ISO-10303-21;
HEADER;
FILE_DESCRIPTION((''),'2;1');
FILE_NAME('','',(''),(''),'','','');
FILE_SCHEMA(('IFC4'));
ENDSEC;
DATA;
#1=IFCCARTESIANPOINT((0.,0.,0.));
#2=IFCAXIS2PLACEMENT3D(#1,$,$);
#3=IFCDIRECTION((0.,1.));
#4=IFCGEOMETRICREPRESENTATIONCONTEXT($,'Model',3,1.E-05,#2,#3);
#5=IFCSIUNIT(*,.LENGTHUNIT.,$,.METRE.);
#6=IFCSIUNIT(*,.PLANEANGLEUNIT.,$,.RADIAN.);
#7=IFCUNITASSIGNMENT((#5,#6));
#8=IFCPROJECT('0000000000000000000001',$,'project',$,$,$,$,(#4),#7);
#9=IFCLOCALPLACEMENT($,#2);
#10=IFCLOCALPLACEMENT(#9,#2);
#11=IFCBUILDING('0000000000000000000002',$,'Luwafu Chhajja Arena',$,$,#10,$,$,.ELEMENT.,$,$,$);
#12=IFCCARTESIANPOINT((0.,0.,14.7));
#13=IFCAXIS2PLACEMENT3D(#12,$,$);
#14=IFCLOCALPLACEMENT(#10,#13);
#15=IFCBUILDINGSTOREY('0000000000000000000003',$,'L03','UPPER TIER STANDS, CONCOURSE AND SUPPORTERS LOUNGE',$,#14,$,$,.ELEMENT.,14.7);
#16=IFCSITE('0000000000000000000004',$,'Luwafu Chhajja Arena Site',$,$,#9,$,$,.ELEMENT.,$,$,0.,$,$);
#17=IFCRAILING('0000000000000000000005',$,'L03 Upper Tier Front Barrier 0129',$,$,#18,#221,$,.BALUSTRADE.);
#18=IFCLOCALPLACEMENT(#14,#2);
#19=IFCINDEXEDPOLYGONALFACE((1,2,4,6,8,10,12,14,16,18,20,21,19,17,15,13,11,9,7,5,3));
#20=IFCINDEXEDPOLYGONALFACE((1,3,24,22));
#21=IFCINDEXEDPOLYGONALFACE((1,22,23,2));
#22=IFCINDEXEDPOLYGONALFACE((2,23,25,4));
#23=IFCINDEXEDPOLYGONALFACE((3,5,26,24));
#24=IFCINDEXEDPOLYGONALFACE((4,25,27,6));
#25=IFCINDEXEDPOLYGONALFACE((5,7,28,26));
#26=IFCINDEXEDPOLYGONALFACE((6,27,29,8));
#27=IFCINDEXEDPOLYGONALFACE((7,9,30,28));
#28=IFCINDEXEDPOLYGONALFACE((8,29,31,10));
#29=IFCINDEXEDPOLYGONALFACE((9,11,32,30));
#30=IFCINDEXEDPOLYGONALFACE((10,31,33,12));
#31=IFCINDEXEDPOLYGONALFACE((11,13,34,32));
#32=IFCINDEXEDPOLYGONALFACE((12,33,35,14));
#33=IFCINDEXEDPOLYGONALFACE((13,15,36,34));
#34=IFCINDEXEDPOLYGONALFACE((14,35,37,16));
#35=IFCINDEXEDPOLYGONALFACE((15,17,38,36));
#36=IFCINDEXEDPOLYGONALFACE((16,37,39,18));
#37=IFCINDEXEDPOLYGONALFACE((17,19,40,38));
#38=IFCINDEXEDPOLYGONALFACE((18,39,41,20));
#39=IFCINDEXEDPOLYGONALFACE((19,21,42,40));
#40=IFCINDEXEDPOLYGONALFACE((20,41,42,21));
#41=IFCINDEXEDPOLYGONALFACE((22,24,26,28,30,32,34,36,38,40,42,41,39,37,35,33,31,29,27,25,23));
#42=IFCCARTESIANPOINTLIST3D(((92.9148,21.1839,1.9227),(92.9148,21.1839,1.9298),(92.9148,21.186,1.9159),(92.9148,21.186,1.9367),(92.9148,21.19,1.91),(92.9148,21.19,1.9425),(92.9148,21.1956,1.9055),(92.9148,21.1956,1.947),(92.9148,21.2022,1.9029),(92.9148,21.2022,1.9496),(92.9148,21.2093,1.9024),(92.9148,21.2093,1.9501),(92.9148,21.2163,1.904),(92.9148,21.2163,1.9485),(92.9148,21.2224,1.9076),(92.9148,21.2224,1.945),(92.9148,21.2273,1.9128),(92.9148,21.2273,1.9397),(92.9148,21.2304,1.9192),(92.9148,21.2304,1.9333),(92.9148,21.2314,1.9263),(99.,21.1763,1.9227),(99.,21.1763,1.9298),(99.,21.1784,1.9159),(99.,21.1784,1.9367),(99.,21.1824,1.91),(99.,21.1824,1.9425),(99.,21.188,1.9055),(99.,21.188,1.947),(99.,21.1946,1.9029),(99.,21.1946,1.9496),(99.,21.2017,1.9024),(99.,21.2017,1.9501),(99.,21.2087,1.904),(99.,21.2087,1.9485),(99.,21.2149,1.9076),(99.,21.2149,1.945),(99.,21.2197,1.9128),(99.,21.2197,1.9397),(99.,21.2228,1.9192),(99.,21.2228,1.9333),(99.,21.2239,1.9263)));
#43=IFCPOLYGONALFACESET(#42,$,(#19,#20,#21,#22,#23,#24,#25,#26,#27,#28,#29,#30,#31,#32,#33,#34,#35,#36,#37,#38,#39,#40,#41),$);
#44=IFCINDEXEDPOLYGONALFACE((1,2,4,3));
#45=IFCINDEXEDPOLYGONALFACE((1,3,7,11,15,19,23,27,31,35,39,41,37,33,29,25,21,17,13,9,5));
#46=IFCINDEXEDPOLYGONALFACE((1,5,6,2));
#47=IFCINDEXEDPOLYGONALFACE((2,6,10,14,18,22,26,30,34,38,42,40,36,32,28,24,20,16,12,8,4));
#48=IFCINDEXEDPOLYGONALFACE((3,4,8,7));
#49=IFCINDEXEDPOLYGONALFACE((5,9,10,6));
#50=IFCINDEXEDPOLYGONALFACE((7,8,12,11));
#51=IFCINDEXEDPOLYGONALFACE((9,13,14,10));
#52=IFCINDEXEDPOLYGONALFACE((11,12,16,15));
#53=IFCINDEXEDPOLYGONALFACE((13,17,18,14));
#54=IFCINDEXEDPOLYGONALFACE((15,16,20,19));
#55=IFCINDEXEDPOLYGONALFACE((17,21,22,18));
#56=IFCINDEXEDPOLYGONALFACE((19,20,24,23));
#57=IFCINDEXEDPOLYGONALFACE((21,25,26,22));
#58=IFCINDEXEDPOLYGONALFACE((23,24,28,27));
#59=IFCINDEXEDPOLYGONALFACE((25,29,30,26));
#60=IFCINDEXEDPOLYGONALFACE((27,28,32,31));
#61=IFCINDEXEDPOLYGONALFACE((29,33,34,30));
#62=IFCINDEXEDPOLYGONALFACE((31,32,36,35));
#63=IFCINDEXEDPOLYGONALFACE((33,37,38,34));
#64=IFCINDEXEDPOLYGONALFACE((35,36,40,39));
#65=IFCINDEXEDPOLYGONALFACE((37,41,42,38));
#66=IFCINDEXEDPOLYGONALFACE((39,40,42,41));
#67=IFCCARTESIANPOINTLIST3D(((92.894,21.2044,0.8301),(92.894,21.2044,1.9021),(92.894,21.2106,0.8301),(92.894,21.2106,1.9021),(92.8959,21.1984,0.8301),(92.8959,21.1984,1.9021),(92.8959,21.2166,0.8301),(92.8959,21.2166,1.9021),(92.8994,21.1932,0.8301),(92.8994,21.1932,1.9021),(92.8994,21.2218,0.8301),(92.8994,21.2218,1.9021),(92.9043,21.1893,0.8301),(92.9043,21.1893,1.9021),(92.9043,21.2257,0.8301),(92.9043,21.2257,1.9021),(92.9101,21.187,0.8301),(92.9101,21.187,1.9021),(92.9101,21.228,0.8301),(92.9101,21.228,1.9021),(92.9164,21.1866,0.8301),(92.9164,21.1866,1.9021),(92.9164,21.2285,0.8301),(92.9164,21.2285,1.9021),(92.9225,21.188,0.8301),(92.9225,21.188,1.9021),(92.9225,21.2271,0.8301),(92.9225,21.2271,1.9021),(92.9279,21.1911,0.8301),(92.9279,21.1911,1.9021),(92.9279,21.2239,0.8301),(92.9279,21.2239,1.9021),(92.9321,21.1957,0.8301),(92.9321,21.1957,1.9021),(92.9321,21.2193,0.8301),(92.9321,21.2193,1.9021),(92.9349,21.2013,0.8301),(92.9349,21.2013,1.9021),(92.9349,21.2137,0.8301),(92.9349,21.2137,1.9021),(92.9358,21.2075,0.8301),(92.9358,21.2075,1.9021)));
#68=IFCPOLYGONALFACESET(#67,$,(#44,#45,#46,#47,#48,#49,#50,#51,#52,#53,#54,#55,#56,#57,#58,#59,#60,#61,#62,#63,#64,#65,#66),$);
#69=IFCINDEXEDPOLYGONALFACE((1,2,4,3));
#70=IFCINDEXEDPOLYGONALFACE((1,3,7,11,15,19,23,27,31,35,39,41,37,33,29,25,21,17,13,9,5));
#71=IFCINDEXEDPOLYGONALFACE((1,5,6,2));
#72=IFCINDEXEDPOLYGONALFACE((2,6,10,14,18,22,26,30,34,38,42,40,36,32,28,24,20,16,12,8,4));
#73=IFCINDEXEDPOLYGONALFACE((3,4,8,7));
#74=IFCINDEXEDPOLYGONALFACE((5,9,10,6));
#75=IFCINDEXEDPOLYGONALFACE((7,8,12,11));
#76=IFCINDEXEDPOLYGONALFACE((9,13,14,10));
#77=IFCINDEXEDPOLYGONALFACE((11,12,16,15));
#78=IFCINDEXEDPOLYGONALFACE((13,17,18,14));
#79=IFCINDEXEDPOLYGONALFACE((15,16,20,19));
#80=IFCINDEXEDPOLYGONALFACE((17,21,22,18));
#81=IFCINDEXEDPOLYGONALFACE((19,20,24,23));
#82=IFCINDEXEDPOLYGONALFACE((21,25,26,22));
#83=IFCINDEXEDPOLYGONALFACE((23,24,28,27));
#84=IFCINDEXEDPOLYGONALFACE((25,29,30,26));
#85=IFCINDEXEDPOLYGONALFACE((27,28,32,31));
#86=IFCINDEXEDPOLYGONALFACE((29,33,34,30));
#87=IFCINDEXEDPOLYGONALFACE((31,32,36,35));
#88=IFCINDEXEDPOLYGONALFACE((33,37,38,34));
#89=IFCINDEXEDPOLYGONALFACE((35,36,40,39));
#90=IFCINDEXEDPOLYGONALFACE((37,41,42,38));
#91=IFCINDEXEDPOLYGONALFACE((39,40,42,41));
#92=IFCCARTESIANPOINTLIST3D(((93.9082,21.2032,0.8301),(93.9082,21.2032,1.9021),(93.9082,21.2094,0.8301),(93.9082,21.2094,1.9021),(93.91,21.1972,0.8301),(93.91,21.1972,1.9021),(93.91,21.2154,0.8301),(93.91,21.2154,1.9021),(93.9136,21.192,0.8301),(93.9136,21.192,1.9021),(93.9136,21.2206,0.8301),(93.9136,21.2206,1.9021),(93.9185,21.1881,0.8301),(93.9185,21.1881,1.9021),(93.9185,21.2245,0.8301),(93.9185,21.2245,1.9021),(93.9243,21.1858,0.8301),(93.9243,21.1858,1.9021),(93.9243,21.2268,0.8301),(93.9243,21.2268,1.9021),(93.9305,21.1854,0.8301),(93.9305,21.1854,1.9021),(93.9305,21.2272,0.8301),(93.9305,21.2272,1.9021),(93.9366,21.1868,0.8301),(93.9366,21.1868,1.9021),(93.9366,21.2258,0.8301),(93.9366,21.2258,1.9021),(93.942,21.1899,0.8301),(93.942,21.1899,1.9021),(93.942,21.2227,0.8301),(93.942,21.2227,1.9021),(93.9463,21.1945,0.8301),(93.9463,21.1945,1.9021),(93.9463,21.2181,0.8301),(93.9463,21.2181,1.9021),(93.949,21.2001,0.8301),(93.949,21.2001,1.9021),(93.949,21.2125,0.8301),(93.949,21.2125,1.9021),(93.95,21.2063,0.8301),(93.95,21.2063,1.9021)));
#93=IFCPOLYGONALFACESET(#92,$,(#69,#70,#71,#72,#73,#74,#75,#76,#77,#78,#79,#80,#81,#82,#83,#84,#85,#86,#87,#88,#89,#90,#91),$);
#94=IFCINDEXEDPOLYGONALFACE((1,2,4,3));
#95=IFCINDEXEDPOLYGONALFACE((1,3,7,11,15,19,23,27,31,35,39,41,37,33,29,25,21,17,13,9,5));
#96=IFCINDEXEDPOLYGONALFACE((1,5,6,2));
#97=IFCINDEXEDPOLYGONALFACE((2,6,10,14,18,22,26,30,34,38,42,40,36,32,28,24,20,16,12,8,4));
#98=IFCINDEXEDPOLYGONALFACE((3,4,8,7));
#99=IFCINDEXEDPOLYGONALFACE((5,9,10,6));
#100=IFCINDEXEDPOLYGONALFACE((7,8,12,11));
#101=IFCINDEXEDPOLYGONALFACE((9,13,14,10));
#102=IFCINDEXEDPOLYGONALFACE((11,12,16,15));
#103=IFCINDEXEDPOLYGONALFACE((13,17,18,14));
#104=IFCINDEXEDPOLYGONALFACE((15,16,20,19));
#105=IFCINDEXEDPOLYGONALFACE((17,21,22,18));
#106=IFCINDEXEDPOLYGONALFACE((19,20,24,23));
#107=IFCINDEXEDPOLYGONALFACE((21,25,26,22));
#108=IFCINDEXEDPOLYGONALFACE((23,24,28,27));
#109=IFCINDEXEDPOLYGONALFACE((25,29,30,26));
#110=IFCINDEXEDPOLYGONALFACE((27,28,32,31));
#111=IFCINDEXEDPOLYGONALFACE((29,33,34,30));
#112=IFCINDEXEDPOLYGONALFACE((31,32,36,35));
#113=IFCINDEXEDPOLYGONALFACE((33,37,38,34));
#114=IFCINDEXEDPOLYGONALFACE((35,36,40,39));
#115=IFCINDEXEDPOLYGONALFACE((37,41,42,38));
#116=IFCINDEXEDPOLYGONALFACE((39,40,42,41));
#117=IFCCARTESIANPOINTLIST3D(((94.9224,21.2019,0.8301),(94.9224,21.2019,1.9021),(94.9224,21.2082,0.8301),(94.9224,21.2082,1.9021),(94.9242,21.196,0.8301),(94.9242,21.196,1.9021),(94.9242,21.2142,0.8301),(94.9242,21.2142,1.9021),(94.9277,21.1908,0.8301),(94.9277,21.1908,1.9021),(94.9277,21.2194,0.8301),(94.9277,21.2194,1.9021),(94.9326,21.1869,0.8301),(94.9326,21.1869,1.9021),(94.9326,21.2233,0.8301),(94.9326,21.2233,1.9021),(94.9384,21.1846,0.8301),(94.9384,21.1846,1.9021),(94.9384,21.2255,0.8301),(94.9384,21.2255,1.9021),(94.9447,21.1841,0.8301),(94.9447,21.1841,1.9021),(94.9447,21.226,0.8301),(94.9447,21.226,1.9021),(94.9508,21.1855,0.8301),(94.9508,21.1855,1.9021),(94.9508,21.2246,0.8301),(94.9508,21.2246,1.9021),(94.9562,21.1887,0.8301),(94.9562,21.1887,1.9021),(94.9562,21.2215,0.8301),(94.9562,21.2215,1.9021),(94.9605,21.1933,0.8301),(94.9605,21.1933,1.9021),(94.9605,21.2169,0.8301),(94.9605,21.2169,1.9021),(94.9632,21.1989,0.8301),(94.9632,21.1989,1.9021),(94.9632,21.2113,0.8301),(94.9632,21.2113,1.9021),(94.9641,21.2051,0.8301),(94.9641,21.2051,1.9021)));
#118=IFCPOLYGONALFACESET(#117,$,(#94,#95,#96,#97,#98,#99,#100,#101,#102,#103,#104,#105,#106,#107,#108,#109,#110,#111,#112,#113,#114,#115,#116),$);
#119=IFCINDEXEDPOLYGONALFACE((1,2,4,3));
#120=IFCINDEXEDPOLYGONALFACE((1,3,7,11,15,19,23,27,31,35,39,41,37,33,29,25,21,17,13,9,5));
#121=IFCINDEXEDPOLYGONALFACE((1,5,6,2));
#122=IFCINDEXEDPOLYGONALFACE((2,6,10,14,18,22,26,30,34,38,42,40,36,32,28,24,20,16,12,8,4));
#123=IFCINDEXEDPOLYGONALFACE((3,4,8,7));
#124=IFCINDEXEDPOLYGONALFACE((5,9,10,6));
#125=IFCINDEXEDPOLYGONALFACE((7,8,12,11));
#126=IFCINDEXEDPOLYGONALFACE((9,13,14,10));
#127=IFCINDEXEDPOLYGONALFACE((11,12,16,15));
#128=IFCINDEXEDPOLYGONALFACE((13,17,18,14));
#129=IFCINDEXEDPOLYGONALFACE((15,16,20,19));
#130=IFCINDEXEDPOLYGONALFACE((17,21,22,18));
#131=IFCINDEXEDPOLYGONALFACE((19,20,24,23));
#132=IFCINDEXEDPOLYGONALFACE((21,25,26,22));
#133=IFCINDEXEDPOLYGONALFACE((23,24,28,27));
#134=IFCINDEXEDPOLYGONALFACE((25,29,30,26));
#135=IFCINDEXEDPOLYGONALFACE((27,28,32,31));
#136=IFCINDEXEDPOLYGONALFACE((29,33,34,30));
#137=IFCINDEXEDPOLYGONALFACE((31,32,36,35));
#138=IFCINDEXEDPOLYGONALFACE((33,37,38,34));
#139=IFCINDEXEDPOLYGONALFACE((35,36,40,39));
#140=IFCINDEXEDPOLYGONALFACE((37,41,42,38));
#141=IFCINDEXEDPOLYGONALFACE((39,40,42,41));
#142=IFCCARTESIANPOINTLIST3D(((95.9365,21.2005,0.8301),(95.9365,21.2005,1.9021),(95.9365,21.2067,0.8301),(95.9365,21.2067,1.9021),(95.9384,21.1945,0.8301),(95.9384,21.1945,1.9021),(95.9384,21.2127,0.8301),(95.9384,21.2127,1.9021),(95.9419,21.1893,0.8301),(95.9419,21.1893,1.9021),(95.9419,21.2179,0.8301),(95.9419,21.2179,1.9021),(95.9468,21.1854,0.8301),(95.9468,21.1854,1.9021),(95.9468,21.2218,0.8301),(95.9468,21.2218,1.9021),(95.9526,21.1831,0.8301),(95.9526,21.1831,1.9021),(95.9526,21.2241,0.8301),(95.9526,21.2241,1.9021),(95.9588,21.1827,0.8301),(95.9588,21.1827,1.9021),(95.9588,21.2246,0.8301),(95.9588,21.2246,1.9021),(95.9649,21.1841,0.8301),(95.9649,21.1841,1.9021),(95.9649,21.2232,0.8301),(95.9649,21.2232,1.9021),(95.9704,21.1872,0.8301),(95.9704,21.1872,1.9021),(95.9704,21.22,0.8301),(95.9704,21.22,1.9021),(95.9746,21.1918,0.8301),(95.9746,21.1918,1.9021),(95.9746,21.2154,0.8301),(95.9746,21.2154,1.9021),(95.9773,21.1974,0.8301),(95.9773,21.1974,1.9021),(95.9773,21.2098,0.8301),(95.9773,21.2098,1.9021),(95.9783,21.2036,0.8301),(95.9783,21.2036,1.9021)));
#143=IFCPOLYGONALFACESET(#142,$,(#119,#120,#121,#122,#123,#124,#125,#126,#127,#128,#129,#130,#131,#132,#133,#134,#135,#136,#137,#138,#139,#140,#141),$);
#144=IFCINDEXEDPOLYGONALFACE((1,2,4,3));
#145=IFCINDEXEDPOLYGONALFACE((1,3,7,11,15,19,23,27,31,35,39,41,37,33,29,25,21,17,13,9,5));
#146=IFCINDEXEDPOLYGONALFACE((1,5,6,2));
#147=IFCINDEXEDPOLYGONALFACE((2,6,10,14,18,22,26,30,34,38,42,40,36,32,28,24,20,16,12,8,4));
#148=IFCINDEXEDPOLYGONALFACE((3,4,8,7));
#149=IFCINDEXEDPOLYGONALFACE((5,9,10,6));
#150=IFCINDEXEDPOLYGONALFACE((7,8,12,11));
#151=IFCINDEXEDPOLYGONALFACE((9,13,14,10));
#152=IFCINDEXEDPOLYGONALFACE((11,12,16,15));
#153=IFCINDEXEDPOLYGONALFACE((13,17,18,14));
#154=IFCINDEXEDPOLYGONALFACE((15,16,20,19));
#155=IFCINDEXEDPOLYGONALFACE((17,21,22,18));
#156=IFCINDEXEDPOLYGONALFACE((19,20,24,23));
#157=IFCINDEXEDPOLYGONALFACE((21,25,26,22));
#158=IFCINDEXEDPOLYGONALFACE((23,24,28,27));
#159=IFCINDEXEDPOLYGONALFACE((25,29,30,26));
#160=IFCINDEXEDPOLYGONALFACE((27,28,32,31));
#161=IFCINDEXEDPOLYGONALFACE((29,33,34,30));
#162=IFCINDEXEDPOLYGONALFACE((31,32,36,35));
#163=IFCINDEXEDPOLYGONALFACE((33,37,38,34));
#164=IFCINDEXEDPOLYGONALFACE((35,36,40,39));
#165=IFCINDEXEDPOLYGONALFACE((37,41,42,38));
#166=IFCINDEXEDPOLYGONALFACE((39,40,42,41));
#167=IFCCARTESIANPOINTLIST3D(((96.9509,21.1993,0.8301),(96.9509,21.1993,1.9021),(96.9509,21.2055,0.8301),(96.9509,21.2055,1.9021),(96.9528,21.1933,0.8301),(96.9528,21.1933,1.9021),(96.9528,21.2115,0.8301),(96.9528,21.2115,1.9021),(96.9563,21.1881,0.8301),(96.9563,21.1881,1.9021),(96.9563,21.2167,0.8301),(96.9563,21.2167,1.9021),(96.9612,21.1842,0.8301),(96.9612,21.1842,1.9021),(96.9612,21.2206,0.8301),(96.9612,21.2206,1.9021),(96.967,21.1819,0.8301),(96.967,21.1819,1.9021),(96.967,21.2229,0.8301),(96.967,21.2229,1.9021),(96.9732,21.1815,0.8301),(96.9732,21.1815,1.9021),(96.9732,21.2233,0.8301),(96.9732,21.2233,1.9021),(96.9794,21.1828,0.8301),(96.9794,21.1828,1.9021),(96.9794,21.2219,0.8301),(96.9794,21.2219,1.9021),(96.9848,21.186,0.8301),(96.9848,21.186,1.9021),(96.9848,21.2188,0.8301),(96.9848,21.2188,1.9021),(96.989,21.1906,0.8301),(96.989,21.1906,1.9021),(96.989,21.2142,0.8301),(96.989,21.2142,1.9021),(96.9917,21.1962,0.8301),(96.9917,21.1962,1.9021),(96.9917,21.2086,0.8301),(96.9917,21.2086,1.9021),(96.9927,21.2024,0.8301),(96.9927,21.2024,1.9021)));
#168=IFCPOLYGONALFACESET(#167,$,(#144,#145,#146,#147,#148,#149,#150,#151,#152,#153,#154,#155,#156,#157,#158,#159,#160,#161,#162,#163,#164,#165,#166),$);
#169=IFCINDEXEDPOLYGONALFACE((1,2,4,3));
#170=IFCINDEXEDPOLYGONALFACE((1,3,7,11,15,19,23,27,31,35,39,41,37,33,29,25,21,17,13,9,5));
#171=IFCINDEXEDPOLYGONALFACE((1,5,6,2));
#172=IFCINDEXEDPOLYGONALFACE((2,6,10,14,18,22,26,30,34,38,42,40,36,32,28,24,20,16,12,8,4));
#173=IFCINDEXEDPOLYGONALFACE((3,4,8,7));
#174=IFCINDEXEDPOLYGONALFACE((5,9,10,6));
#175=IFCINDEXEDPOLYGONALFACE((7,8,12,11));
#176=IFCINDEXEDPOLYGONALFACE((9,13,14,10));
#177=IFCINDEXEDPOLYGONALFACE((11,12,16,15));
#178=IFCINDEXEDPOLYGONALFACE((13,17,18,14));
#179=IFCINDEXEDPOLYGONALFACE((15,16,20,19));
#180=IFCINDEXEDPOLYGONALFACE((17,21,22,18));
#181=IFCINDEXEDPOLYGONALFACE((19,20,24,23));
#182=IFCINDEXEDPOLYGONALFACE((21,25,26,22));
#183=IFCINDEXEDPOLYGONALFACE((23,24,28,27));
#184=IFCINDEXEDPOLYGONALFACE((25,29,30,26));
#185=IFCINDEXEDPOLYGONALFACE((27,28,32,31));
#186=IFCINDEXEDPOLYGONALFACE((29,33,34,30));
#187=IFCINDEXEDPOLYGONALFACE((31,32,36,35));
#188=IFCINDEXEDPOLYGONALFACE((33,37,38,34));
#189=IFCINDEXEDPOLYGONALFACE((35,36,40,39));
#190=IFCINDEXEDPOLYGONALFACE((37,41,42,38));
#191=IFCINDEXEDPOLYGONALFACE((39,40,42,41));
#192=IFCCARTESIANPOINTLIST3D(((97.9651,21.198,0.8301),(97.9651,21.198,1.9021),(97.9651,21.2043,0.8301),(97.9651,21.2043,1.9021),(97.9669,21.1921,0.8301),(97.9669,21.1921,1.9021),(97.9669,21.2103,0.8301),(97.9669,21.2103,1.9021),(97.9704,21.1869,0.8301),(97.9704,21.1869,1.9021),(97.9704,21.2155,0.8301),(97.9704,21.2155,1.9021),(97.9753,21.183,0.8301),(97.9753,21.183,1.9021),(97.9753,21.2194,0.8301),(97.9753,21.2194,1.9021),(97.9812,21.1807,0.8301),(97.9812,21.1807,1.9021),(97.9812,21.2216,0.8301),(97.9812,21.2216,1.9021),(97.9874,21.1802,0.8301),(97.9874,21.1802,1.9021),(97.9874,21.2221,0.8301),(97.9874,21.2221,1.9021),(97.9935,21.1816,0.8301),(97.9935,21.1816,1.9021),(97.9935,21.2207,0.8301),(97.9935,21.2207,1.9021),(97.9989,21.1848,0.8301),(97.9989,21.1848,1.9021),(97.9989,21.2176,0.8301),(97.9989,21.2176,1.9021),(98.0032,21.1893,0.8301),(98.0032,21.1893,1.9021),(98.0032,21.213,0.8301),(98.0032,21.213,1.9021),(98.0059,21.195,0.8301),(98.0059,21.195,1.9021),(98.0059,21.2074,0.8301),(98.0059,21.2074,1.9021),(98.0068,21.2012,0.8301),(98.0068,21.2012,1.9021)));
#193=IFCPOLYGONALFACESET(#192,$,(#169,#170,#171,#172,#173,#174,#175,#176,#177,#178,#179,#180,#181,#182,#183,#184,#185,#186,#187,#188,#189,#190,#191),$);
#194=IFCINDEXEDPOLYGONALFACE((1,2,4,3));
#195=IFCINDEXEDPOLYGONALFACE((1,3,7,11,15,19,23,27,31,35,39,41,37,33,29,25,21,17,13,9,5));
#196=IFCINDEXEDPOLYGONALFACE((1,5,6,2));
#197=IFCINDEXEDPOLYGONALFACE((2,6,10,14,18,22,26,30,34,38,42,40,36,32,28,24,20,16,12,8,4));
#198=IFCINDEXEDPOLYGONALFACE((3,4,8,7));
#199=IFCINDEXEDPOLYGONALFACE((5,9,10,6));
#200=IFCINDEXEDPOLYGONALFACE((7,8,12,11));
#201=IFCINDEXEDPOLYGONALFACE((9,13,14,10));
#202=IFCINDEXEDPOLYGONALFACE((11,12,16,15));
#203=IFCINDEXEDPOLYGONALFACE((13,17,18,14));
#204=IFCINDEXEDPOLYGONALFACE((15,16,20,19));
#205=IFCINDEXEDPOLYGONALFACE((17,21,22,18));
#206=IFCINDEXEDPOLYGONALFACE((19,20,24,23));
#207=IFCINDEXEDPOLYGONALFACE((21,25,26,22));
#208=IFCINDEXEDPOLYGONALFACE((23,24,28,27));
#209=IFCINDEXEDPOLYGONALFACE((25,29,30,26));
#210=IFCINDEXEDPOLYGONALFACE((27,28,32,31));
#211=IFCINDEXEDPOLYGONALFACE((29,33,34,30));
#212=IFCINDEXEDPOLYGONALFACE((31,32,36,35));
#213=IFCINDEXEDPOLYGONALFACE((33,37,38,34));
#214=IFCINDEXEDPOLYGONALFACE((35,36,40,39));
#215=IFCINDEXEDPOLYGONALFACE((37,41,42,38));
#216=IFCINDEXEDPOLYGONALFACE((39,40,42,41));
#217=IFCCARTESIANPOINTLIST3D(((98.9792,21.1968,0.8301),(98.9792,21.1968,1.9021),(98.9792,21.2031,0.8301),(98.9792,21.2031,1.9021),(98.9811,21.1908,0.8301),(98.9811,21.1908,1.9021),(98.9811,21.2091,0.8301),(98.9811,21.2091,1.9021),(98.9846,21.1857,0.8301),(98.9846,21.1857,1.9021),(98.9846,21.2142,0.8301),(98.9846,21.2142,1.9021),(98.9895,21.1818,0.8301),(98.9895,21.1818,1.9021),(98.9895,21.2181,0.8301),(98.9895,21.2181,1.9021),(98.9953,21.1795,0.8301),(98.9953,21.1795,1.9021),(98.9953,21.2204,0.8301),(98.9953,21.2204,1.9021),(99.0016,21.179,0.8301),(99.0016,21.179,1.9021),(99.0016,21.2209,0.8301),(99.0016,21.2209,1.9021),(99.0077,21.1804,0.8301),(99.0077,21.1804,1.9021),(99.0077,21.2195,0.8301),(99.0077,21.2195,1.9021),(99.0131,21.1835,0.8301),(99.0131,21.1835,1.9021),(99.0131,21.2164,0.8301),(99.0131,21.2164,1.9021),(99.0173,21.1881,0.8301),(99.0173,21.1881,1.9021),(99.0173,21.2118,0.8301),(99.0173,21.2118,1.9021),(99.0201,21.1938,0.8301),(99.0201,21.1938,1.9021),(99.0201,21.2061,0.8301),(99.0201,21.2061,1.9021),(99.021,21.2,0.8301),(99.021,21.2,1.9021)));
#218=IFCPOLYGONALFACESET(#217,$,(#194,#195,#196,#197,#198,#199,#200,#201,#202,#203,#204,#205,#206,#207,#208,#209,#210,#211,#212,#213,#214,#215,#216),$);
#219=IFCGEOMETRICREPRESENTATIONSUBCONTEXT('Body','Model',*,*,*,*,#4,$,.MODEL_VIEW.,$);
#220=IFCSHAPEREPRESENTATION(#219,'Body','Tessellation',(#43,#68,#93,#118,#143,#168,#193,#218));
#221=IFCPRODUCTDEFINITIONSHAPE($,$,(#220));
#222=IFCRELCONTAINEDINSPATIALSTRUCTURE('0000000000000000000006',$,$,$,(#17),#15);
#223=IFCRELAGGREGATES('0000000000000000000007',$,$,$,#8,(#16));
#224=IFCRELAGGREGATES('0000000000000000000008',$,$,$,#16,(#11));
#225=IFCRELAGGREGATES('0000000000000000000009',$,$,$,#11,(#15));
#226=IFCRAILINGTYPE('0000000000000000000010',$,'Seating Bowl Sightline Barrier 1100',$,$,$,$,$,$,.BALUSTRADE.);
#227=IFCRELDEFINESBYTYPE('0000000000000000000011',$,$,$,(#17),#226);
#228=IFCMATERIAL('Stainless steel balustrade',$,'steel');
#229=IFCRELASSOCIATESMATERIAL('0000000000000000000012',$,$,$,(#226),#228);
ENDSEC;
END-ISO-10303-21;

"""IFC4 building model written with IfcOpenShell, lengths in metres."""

from ifc_helpers import new_model, si_unit, direction, frame, origin, origin_2d, place, context, subcontext, project, spatial, circle, extrude, material, type_object, element, save


model = new_model("IFC4")

# Units and contexts
model_context = context("Model", 3, precision=1e-05, world=origin(), true_north=direction((0.0, 1.0)))
body_context = subcontext(model_context, "Body", "Model", "MODEL_VIEW")
ifc_project = project(units=[si_unit("LENGTHUNIT", "METRE"), si_unit("PLANEANGLEUNIT", "RADIAN")], contexts=[model_context])

# Site, building, storey
site_placement = place(None, origin())
site = spatial("IfcSite", under=ifc_project, at=site_placement, Name="Luwafu Chhajja Arena Site", CompositionType="ELEMENT", RefElevation=0.0)
building_placement = place(site_placement, origin())
building = spatial("IfcBuilding", under=site, at=building_placement, Name="Luwafu Chhajja Arena", CompositionType="ELEMENT")
storey_placement = place(building_placement, frame((0.0, 0.0, 14.7)))
storey = spatial("IfcBuildingStorey", under=building, at=storey_placement, Name="L03", Description="UPPER TIER STANDS, CONCOURSE AND SUPPORTERS LOUNGE", CompositionType="ELEMENT", Elevation=14.7)

# Railing
ifc_material_1 = material(Name="Stainless steel balustrade", Category="steel")
railing_type = type_object("IfcRailingType", Name="Seating Bowl Sightline Barrier 1100", PredefinedType="BALUSTRADE", material=ifc_material_1)
railing_1_placement = place(storey_placement, frame((92.9148, 21.2075, 0.8301)))
element("IfcRailing", 1, at=railing_1_placement, inside=storey, type_object=railing_type, Name="L03 Upper Tier Front Barrier 0129", PredefinedType="BALUSTRADE", context=body_context, shape_type="SweptSolid", body=[
    extrude(circle(Radius=0.0239, at=origin_2d()), frame((0.0, 0.0, 1.0962), z_axis=(0.999999, -0.001244, 0.0), x_axis=(0.001244, 0.999999, 0.0)), (0.0, 0.0, 1.0), 6.0852),
    extrude(circle(Radius=0.021, at=origin_2d()), origin(), (0.0, 0.0, 1.0), 1.072),
    extrude(circle(Radius=0.021, at=origin_2d()), frame((1.0142, -0.0012, 0.0)), (0.0, 0.0, 1.0), 1.072),
    extrude(circle(Radius=0.021, at=origin_2d()), frame((2.0283, -0.0024, 0.0)), (0.0, 0.0, 1.0), 1.072),
    extrude(circle(Radius=0.021, at=origin_2d()), frame((3.0425, -0.0039, 0.0)), (0.0, 0.0, 1.0), 1.072),
    extrude(circle(Radius=0.021, at=origin_2d()), frame((4.0569, -0.0051, 0.0)), (0.0, 0.0, 1.0), 1.072),
    extrude(circle(Radius=0.021, at=origin_2d()), frame((5.071, -0.0063, 0.0)), (0.0, 0.0, 1.0), 1.072),
    extrude(circle(Radius=0.021, at=origin_2d()), frame((6.0852, -0.0076, 0.0)), (0.0, 0.0, 1.0), 1.072),
])

save(model, "model.ifc")
